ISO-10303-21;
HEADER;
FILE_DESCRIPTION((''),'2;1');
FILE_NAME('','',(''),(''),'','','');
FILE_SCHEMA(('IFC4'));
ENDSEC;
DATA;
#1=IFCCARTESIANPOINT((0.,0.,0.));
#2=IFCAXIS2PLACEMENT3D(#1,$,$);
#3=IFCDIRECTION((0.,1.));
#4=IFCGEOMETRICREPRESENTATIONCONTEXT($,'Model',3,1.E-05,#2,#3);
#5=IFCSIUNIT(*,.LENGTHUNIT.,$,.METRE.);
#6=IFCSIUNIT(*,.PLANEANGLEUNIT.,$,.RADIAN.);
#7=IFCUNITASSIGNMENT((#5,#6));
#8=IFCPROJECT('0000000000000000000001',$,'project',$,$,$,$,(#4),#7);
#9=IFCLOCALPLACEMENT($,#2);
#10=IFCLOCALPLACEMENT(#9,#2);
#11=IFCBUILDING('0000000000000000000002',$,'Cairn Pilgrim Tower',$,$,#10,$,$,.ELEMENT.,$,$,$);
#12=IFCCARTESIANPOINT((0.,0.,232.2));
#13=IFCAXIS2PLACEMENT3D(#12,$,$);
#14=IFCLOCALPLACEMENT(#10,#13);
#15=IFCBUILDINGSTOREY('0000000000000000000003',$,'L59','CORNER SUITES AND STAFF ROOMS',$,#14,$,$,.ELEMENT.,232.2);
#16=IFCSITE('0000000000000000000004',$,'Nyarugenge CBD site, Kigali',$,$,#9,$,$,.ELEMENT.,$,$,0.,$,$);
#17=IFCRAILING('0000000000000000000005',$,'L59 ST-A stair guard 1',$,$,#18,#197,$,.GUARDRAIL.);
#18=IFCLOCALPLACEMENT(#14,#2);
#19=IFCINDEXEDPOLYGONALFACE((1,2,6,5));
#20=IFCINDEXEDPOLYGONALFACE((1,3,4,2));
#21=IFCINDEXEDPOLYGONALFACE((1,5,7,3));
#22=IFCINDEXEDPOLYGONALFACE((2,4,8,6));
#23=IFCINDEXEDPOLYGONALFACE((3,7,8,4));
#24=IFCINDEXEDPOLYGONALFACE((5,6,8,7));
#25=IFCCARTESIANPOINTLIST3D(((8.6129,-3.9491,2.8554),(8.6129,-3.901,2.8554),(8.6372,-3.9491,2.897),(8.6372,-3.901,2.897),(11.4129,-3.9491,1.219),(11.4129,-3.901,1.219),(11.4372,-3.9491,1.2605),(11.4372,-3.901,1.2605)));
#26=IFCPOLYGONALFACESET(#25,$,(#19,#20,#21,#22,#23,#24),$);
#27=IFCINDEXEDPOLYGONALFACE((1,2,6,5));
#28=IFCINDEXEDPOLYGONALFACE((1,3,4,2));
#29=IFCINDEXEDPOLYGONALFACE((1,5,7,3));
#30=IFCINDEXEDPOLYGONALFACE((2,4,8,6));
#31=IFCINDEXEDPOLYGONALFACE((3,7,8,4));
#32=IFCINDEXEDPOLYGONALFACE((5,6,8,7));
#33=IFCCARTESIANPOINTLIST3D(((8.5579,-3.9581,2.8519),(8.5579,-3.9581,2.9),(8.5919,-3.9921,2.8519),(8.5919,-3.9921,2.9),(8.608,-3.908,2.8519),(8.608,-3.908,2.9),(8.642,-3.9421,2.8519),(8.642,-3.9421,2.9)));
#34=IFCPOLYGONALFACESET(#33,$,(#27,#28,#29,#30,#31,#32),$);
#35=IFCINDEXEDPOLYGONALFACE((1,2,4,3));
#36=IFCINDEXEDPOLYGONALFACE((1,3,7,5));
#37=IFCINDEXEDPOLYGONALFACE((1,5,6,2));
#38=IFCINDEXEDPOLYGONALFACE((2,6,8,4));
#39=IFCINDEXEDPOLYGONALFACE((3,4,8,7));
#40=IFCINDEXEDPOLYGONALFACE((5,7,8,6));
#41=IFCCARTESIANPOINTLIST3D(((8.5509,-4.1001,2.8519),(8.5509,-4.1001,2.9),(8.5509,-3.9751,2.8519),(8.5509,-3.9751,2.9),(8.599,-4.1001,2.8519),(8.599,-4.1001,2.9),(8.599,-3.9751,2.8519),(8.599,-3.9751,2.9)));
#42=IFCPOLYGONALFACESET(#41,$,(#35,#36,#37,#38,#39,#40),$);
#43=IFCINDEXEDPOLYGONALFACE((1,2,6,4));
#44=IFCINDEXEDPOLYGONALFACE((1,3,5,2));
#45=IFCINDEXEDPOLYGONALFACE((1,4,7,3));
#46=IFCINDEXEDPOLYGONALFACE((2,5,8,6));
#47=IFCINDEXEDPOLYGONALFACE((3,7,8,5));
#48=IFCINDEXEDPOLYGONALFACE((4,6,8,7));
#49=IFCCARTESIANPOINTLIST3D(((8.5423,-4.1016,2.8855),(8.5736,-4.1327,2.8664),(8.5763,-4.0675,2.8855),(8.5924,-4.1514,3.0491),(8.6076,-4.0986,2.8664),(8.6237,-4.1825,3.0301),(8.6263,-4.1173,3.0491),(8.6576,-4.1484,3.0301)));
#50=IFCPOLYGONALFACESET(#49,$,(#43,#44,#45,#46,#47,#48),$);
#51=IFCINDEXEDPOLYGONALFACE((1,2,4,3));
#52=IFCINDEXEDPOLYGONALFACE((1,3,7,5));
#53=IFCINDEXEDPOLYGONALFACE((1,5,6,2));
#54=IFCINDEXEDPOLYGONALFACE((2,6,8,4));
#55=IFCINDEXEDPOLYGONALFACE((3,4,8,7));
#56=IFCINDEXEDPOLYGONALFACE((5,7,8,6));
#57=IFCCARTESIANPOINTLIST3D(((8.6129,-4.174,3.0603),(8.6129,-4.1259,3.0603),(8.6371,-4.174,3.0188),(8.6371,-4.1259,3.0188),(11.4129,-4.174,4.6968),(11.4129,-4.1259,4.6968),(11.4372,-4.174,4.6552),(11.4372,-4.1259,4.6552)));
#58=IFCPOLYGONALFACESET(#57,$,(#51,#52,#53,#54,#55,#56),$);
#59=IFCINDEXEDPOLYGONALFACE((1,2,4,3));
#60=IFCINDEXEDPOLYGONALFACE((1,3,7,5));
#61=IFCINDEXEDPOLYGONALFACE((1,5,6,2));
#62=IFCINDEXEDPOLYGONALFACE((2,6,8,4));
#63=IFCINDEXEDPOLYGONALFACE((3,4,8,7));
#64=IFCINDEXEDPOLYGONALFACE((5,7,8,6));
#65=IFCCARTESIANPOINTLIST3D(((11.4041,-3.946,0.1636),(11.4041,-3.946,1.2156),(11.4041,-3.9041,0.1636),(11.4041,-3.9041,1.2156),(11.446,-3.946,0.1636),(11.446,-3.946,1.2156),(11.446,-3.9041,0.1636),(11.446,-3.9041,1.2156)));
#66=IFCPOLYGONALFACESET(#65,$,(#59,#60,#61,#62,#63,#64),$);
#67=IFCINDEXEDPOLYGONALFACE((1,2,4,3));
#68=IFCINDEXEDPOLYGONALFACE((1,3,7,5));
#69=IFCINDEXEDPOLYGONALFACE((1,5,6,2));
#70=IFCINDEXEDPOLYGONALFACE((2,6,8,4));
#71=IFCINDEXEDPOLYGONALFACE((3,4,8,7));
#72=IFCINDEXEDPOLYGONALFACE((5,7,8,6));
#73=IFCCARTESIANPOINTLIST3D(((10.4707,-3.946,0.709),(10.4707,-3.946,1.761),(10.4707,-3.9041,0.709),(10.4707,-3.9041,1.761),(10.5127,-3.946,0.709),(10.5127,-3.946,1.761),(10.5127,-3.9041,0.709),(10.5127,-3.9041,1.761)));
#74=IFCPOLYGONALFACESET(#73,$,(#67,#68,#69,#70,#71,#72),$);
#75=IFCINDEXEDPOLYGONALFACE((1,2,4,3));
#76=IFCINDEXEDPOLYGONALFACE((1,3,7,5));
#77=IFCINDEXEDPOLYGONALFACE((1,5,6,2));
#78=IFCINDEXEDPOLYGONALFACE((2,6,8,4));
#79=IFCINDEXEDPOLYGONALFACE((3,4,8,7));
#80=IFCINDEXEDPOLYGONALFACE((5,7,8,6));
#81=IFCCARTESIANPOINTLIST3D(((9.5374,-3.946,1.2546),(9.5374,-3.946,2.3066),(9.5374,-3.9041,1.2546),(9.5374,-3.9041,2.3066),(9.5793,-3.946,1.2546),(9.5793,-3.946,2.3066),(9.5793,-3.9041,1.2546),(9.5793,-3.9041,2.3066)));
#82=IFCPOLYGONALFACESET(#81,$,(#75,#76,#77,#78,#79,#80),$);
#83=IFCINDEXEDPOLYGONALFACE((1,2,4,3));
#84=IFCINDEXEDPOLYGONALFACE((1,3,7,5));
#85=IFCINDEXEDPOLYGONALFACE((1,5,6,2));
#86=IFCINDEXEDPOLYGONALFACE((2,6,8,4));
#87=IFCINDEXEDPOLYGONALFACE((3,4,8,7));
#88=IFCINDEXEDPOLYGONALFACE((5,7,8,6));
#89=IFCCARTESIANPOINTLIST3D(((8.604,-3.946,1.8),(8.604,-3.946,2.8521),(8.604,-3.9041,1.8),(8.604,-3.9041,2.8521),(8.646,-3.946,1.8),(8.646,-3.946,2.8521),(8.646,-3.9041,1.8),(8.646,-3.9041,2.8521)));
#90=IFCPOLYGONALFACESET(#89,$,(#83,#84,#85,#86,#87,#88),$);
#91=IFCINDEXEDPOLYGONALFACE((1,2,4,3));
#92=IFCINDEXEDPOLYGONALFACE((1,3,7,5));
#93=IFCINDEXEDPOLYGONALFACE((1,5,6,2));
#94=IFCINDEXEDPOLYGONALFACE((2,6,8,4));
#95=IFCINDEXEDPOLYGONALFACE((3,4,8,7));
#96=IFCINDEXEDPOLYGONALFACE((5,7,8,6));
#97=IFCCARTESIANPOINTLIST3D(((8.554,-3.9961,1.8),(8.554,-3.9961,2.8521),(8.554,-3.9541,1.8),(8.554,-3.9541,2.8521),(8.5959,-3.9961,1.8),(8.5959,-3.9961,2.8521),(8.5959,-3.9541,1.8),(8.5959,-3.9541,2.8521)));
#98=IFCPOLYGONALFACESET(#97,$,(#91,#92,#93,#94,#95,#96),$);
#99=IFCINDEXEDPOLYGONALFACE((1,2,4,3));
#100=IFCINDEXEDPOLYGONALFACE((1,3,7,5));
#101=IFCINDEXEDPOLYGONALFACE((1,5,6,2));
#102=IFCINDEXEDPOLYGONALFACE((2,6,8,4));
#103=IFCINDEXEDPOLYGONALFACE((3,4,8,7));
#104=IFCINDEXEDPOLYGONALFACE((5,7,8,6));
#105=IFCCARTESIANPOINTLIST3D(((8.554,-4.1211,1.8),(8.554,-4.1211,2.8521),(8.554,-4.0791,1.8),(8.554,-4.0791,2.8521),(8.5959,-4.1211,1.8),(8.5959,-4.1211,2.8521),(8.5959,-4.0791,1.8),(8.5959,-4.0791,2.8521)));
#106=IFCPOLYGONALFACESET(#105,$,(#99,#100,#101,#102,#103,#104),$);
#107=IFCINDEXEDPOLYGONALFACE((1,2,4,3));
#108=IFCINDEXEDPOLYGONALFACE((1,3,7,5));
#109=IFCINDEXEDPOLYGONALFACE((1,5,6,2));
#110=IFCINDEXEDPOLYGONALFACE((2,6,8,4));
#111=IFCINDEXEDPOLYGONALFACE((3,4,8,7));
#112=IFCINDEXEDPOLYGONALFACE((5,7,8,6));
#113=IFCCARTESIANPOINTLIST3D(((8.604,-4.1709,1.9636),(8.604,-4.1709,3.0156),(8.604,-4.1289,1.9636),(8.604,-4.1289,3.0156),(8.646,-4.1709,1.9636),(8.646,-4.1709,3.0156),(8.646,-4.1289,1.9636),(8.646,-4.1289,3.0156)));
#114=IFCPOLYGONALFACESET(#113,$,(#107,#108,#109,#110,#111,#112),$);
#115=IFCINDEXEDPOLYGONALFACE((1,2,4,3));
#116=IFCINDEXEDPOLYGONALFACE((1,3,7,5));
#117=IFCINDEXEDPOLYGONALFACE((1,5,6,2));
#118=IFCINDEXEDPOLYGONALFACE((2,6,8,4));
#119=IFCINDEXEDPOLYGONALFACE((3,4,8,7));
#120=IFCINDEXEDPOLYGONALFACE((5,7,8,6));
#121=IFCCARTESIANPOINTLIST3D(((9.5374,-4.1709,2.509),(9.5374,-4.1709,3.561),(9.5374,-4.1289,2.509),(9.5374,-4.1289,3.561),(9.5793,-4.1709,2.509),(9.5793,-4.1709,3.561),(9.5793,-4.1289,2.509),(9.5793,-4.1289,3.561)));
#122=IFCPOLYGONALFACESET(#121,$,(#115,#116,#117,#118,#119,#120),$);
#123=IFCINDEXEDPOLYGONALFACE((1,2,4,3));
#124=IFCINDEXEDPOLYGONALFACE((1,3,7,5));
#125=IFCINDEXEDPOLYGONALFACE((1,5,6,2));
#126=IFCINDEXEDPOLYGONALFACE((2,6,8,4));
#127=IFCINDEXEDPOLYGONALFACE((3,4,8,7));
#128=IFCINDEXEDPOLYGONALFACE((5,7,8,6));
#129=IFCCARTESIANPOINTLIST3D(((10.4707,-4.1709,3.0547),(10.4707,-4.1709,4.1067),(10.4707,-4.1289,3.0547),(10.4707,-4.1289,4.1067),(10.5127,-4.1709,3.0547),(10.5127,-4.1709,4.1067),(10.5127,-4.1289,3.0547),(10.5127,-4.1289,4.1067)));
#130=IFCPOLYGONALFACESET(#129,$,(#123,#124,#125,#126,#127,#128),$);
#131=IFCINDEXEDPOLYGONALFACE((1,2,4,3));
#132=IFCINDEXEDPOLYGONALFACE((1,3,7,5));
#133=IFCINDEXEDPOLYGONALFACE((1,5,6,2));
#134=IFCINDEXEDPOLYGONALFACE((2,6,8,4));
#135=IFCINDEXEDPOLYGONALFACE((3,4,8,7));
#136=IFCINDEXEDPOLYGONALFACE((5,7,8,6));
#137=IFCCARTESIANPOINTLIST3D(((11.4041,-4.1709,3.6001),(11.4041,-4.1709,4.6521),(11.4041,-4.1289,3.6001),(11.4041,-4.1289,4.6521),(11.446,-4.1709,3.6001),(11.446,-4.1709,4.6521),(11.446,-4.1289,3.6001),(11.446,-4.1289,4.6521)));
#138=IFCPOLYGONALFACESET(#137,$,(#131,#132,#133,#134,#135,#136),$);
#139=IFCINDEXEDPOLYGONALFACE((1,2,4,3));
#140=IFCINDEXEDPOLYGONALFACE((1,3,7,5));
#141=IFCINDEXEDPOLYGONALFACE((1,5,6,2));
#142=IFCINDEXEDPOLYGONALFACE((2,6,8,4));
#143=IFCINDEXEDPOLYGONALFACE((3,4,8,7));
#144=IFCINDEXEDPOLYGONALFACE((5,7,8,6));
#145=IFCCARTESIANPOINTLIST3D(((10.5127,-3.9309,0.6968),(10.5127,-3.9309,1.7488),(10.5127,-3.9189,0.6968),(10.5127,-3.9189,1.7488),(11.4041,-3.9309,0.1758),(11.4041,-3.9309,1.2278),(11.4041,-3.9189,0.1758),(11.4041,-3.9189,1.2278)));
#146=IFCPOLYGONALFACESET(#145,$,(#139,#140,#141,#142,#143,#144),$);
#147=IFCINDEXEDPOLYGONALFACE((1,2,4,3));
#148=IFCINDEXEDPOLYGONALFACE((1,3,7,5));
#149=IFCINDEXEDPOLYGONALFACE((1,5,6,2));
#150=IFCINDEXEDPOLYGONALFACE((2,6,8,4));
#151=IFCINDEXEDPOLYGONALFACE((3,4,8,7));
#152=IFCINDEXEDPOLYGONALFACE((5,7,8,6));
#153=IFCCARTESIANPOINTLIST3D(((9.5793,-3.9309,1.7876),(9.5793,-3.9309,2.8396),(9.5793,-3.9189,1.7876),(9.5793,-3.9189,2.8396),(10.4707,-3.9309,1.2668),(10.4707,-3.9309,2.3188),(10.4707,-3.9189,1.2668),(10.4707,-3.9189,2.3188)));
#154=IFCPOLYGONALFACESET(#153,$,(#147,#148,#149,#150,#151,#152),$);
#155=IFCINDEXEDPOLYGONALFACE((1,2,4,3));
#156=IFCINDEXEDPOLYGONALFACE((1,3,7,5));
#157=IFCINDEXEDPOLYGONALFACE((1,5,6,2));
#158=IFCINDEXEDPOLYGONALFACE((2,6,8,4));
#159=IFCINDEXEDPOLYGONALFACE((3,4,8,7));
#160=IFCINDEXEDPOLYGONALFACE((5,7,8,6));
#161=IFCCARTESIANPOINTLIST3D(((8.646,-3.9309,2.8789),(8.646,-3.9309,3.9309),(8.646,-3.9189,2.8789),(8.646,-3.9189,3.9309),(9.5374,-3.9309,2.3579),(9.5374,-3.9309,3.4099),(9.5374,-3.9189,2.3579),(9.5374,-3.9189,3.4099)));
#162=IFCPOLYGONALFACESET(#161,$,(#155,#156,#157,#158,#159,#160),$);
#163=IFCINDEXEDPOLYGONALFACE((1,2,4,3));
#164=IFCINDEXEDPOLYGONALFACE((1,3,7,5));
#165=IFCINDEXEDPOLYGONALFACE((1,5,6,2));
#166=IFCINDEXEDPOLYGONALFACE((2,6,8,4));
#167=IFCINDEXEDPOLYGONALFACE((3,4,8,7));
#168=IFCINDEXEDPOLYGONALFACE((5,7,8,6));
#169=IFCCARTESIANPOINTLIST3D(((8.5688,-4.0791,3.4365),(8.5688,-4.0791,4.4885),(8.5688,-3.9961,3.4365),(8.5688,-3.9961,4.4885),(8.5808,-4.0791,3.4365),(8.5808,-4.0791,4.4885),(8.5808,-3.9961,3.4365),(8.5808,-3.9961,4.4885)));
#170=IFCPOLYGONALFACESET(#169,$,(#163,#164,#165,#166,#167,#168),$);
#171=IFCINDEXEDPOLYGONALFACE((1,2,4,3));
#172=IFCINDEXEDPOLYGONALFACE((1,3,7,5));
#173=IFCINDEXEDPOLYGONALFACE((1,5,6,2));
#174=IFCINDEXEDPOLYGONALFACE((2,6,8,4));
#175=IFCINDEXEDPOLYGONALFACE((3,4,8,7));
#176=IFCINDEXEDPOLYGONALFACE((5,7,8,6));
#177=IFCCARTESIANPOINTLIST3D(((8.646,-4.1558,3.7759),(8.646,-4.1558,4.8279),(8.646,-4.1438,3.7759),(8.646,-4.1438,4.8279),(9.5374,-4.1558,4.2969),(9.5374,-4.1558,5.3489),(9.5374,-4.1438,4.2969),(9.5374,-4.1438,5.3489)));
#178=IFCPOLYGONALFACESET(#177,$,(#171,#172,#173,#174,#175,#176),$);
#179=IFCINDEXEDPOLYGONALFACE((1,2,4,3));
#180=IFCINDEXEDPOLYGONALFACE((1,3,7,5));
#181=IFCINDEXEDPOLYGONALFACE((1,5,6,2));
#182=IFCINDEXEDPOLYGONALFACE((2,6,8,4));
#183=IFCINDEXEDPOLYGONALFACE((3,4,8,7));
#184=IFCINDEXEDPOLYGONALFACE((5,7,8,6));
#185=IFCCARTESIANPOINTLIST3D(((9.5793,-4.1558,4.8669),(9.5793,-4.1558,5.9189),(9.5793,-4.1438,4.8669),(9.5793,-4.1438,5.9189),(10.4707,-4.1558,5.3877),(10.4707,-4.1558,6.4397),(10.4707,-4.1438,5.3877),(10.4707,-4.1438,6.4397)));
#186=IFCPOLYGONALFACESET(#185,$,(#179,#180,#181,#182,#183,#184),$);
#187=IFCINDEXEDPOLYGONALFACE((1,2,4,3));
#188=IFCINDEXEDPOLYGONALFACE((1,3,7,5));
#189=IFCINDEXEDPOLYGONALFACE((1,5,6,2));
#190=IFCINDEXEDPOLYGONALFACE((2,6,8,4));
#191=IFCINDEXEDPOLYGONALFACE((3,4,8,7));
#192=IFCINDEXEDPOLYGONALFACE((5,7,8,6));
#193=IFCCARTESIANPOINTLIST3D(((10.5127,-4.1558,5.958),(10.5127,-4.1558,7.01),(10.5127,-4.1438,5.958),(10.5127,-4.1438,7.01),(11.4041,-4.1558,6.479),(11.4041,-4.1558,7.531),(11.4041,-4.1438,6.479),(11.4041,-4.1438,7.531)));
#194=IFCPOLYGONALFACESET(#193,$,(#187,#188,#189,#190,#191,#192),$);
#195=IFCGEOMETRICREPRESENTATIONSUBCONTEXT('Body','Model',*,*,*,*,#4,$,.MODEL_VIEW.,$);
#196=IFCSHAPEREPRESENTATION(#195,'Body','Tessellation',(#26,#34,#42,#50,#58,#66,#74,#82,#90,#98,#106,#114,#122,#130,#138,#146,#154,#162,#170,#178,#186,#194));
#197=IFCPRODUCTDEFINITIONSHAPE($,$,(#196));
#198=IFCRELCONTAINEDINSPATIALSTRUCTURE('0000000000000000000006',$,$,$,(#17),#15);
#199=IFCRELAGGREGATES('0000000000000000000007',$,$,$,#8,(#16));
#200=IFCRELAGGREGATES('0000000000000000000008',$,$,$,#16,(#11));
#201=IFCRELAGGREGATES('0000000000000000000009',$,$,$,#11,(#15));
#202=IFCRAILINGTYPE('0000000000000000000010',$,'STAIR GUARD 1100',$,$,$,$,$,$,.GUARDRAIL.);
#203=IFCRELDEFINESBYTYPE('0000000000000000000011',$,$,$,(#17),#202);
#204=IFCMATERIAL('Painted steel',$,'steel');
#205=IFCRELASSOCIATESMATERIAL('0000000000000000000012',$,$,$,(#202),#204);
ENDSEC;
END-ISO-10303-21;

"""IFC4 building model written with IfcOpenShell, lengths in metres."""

from ifc_helpers import new_model, si_unit, direction, frame, origin, origin_2d, place, context, subcontext, project, spatial, polyline, rectangle, outline, extrude, material, type_object, element, save


model = new_model("IFC4")

# Units and contexts
model_context = context("Model", 3, precision=1e-05, world=origin(), true_north=direction((0.0, 1.0)))
body_context = subcontext(model_context, "Body", "Model", "MODEL_VIEW")
ifc_project = project(units=[si_unit("LENGTHUNIT", "METRE"), si_unit("PLANEANGLEUNIT", "RADIAN")], contexts=[model_context])

# Site, building, storey
site_placement = place(None, origin())
site = spatial("IfcSite", under=ifc_project, at=site_placement, Name="Nyarugenge CBD site, Kigali", CompositionType="ELEMENT", RefElevation=0.0)
building_placement = place(site_placement, origin())
building = spatial("IfcBuilding", under=site, at=building_placement, Name="Cairn Pilgrim Tower", CompositionType="ELEMENT")
storey_placement = place(building_placement, frame((0.0, 0.0, 232.2)))
storey = spatial("IfcBuildingStorey", under=building, at=storey_placement, Name="L59", Description="CORNER SUITES AND STAFF ROOMS", CompositionType="ELEMENT", Elevation=232.2)

# Shared definitions
ifc_material_1 = material(Name="Painted steel", Category="steel")

# Railing
railing_type_1 = type_object("IfcRailingType", Name="STAIR GUARD 1100", PredefinedType="GUARDRAIL", material=ifc_material_1)
railing_1_placement = place(storey_placement, frame((11.425, -3.925, 0.1636)))
element("IfcRailing", 1, at=railing_1_placement, inside=storey, type_object=railing_type_1, Name="L59 ST-A stair guard 1", PredefinedType="GUARDRAIL", context=body_context, shape_type="SweptSolid", body=[
    extrude(rectangle(XDim=0.0481, YDim=0.0481, at=origin_2d()), frame((0.0, 0.0, 1.0762), z_axis=(-0.863361, 0.0, 0.504587), x_axis=(0.0, -1.0, 0.0)), (0.0, 0.0, 1.0), 3.2432),
    extrude(rectangle(XDim=0.0481, YDim=0.0481, at=origin_2d()), frame((-2.8, 0.0, 2.7124), z_axis=(-0.707107, -0.707107, 0.0), x_axis=(0.707107, -0.707107, 0.0)), (0.0, 0.0, 1.0), 0.0708),
    extrude(rectangle(XDim=0.0481, YDim=0.0481, at=origin_2d()), frame((-2.8501, -0.05, 2.7124), z_axis=(0.0, -1.0, 0.0), x_axis=(1.0, 0.0, 0.0)), (0.0, 0.0, 1.0), 0.125),
    extrude(rectangle(XDim=0.0481, YDim=0.0481, at=origin_2d()), frame((-2.8501, -0.175, 2.7124), z_axis=(0.280917, -0.279546, 0.918118), x_axis=(0.705376, 0.708834, 0.0)), (0.0, 0.0, 1.0), 0.1782),
    extrude(rectangle(XDim=0.0481, YDim=0.0481, at=origin_2d()), frame((-2.8, -0.2249, 2.876), z_axis=(0.863361, 0.0, 0.504587), x_axis=(0.0, 1.0, 0.0)), (0.0, 0.0, 1.0), 3.2432),
    extrude(rectangle(XDim=0.042, YDim=0.042, at=origin_2d()), origin(), (0.0, 0.0, 1.0), 1.052),
    extrude(rectangle(XDim=0.042, YDim=0.042, at=origin_2d()), frame((-0.9333, 0.0, 0.5454)), (0.0, 0.0, 1.0), 1.052),
    extrude(rectangle(XDim=0.042, YDim=0.042, at=origin_2d()), frame((-1.8667, 0.0, 1.0911)), (0.0, 0.0, 1.0), 1.052),
    extrude(rectangle(XDim=0.042, YDim=0.042, at=origin_2d()), frame((-2.8, 0.0, 1.6365)), (0.0, 0.0, 1.0), 1.052),
    extrude(rectangle(XDim=0.042, YDim=0.042, at=origin_2d()), frame((-2.8501, -0.05, 1.6365)), (0.0, 0.0, 1.0), 1.052),
    extrude(rectangle(XDim=0.042, YDim=0.042, at=origin_2d()), frame((-2.8501, -0.175, 1.6365)), (0.0, 0.0, 1.0), 1.052),
    extrude(rectangle(XDim=0.042, YDim=0.042, at=origin_2d()), frame((-2.8, -0.2249, 1.8)), (0.0, 0.0, 1.0), 1.052),
    extrude(rectangle(XDim=0.042, YDim=0.042, at=origin_2d()), frame((-1.8667, -0.2249, 2.3455)), (0.0, 0.0, 1.0), 1.052),
    extrude(rectangle(XDim=0.042, YDim=0.042, at=origin_2d()), frame((-0.9333, -0.2249, 2.8911)), (0.0, 0.0, 1.0), 1.052),
    extrude(rectangle(XDim=0.042, YDim=0.042, at=origin_2d()), frame((0.0, -0.2249, 3.4365)), (0.0, 0.0, 1.0), 1.052),
    extrude(outline(polyline([(0.021, 0.0122), (0.9124, 0.5332), (0.9124, 1.5852), (0.021, 1.0642), (0.021, 0.0122)])), frame((0.0, -0.0059, 0.0), z_axis=(0.0, 1.0, 0.0), x_axis=(-1.0, 0.0, 0.0)), (0.0, 0.0, 1.0), 0.012),
    extrude(outline(polyline([(0.021, 0.5579), (0.9124, 1.0786), (0.9124, 2.1306), (0.021, 1.6099), (0.021, 0.5579)])), frame((-0.9333, -0.0059, 0.5454), z_axis=(0.0, 1.0, 0.0), x_axis=(-1.0, 0.0, 0.0)), (0.0, 0.0, 1.0), 0.012),
    extrude(outline(polyline([(0.021, 1.1033), (0.9124, 1.6243), (0.9124, 2.6763), (0.021, 2.1553), (0.021, 1.1033)])), frame((-1.8667, -0.0059, 1.0911), z_axis=(0.0, 1.0, 0.0), x_axis=(-1.0, 0.0, 0.0)), (0.0, 0.0, 1.0), 0.012),
    extrude(outline(polyline([(0.021, 1.6365), (0.104, 1.6365), (0.104, 2.6885), (0.021, 2.6885), (0.021, 1.6365)])), frame((-2.8442, -0.05, 1.6365), z_axis=(-1.0, 0.0, 0.0), x_axis=(0.0, -1.0, 0.0)), (0.0, 0.0, 1.0), 0.012),
    extrude(outline(polyline([(0.021, 1.8123), (0.9124, 2.3333), (0.9124, 3.3853), (0.021, 2.8643), (0.021, 1.8123)])), frame((-2.8, -0.2188, 1.8), z_axis=(0.0, -1.0, 0.0), x_axis=(1.0, 0.0, 0.0)), (0.0, 0.0, 1.0), 0.012),
    extrude(outline(polyline([(0.021, 2.3579), (0.9124, 2.8787), (0.9124, 3.9307), (0.021, 3.4099), (0.021, 2.3579)])), frame((-1.8667, -0.2188, 2.3455), z_axis=(0.0, -1.0, 0.0), x_axis=(1.0, 0.0, 0.0)), (0.0, 0.0, 1.0), 0.012),
    extrude(outline(polyline([(0.021, 2.9033), (0.9124, 3.4243), (0.9124, 4.4763), (0.021, 3.9553), (0.021, 2.9033)])), frame((-0.9333, -0.2188, 2.8911), z_axis=(0.0, -1.0, 0.0), x_axis=(1.0, 0.0, 0.0)), (0.0, 0.0, 1.0), 0.012),
])

save(model, "model.ifc")
